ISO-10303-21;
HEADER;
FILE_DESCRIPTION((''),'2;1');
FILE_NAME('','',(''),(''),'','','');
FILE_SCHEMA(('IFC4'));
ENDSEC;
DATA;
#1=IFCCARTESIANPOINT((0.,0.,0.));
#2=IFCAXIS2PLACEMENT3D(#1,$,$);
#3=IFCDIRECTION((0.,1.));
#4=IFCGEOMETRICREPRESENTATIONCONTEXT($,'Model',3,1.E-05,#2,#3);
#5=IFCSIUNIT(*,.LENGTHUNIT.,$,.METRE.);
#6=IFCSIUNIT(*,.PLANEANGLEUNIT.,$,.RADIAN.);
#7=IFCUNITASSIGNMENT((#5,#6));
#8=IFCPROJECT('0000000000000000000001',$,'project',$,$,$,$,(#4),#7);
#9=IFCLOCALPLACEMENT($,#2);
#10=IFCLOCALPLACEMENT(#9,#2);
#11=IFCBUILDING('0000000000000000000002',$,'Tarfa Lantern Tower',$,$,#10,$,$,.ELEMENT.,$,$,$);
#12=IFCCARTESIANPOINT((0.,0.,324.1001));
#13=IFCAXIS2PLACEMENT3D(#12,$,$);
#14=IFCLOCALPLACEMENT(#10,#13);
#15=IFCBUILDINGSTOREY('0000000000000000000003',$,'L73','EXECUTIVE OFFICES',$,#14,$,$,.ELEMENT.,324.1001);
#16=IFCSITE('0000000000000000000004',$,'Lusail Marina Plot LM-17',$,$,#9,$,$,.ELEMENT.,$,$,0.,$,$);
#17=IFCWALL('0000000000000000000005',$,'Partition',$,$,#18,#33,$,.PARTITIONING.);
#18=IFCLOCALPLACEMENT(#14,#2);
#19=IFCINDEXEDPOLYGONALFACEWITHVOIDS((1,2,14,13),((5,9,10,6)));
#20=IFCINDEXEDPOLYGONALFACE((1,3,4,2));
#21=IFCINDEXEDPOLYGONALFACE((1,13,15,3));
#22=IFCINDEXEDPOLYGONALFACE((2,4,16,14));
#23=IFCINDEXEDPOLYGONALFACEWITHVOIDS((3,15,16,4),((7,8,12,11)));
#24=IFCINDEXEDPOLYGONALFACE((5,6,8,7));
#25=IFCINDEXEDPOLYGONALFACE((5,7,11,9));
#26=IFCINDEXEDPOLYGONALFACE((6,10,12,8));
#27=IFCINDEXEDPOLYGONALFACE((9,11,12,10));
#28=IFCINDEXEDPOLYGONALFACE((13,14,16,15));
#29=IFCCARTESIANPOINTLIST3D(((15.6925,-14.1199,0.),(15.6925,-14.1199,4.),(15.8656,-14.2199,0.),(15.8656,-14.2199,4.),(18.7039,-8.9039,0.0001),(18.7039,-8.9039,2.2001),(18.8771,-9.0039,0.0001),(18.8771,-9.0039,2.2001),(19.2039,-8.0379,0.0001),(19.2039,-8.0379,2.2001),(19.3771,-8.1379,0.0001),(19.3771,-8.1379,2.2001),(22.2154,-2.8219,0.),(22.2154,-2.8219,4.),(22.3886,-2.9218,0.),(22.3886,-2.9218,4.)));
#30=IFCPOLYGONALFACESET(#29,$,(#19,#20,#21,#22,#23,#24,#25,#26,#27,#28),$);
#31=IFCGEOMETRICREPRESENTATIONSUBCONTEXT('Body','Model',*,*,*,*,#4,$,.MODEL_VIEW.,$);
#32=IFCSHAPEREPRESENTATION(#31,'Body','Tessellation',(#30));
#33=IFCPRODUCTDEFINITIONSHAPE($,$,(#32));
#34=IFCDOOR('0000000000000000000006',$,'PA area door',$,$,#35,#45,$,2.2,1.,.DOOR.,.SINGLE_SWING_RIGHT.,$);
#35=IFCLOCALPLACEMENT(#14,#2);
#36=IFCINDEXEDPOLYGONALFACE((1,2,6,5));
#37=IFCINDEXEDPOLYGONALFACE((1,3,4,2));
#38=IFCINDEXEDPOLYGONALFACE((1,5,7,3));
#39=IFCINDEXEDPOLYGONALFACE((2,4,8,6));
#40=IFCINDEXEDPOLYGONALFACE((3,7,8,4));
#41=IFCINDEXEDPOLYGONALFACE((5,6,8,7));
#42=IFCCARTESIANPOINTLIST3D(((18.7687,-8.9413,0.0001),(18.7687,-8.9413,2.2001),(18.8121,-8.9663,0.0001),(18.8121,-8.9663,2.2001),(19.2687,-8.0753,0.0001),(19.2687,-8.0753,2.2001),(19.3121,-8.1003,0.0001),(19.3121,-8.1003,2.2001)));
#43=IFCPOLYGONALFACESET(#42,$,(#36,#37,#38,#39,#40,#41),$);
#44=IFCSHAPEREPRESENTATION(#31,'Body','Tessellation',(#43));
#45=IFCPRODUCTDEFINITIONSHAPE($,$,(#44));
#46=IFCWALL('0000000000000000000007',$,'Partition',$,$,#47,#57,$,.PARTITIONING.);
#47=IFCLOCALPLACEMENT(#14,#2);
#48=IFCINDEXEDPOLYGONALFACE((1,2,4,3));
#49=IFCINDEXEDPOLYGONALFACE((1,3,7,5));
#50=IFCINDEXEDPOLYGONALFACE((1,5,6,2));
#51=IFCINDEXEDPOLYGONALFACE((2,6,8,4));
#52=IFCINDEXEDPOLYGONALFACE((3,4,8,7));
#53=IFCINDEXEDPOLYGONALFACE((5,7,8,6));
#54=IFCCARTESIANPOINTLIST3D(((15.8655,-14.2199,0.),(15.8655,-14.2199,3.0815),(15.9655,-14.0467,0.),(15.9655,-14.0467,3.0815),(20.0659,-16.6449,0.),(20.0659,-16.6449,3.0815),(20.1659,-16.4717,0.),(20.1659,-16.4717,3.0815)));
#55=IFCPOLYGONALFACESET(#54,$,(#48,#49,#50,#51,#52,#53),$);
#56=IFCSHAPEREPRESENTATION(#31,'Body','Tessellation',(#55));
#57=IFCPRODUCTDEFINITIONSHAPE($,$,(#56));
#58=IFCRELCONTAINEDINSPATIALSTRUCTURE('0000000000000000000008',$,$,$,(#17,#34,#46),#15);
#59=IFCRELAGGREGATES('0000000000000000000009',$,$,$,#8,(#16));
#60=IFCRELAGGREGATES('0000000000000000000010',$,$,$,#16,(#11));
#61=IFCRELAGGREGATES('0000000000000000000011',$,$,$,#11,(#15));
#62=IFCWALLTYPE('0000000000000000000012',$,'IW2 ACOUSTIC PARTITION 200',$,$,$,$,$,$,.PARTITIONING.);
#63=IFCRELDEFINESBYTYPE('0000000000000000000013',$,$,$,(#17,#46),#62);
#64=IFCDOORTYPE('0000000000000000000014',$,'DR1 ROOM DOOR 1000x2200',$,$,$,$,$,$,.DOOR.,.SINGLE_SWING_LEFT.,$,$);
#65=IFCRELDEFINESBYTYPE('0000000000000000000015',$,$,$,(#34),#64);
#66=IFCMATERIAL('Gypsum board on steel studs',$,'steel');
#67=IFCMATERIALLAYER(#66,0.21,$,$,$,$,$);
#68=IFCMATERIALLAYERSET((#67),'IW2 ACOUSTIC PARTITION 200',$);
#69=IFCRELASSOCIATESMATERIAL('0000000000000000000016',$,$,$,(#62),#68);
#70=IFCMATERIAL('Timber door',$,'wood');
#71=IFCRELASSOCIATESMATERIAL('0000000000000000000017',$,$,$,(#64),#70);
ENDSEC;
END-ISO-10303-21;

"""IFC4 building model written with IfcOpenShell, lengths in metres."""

from ifc_helpers import new_model, si_unit, direction, frame, frame_2d, origin, place, context, subcontext, project, spatial, rectangle, extrude, material, layer, layer_set, type_object, element, fill, save


model = new_model("IFC4")

# Units and contexts
model_context = context("Model", 3, precision=1e-05, world=origin(), true_north=direction((0.0, 1.0)))
body_context = subcontext(model_context, "Body", "Model", "MODEL_VIEW")
ifc_project = project(units=[si_unit("LENGTHUNIT", "METRE"), si_unit("PLANEANGLEUNIT", "RADIAN")], contexts=[model_context])

# Site, building, storey
site_placement = place(None, origin())
site = spatial("IfcSite", under=ifc_project, at=site_placement, Name="Lusail Marina Plot LM-17", CompositionType="ELEMENT", RefElevation=0.0)
building_placement = place(site_placement, origin())
building = spatial("IfcBuilding", under=site, at=building_placement, Name="Tarfa Lantern Tower", CompositionType="ELEMENT")
storey_placement = place(building_placement, frame((0.0, 0.0, 324.1001)))
storey = spatial("IfcBuildingStorey", under=building, at=storey_placement, Name="L73", Description="EXECUTIVE OFFICES", CompositionType="ELEMENT", Elevation=324.1001)

# Wall, opening, door
ifc_material_1 = material(Name="Gypsum board on steel studs", Category="steel")
ifc_layer_1 = layer(ifc_material_1, 0.21)
ifc_layer_set_1 = layer_set([ifc_layer_1], Name="IW2 ACOUSTIC PARTITION 200")
wall_type_1 = type_object("IfcWallType", Name="IW2 ACOUSTIC PARTITION 200", PredefinedType="PARTITIONING", material=ifc_layer_set_1)
wall_1_placement = place(storey_placement, frame((15.7791, -14.1699, 0.0), z_axis=(0.0, 0.0, 1.0), x_axis=(0.499999, 0.866026, 0.0)))
wall_1 = element("IfcWall", 1, at=wall_1_placement, inside=storey, type_object=wall_type_1, Name="Partition", PredefinedType="PARTITIONING", context=body_context, shape_type="SweptSolid", body=[
    extrude(rectangle(XDim=13.0459, YDim=0.2, at=frame_2d((6.5229, 0.0))), origin(), (0.0, 0.0, 1.0), 4.0),
])
opening_1_placement = place(wall_1_placement, frame((6.0229, 0.0, 0.0)))
opening_1 = element("IfcOpeningElement", 2, at=opening_1_placement, cuts=wall_1, PredefinedType="OPENING", context=body_context, shape_type="SweptSolid", body=[
    extrude(rectangle(XDim=1.0, YDim=2.2, at=frame_2d((0.5, 1.1001))), frame((0.0, 0.1099, 0.0), z_axis=(0.0, -1.0, 0.0), x_axis=(1.0, 0.0, 0.0)), (0.0, 0.0, 1.0), 0.22),
])
ifc_material_2 = material(Name="Timber door", Category="wood")
door_type = type_object("IfcDoorType", Name="DR1 ROOM DOOR 1000x2200", OperationType="SINGLE_SWING_LEFT", PredefinedType="DOOR", material=ifc_material_2)
door_placement = place(opening_1_placement, frame((1.0, 0.0, 0.0), z_axis=(0.0, 0.0, 1.0), x_axis=(-1.0, 0.0, 0.0)))
door = element("IfcDoor", 3, at=door_placement, inside=storey, type_object=door_type, Name="PA area door", OperationType="SINGLE_SWING_RIGHT", OverallHeight=2.2, OverallWidth=1.0, PredefinedType="DOOR", context=body_context, shape_type="SweptSolid", body=[
    extrude(rectangle(XDim=1.0, YDim=2.2, at=frame_2d((0.5, 1.1001))), frame((0.0, 0.0249, 0.0), z_axis=(0.0, -1.0, 0.0), x_axis=(1.0, 0.0, 0.0)), (0.0, 0.0, 1.0), 0.05),
])
fill(opening_1, door)

# Wall
wall_2_placement = place(storey_placement, frame((15.9155, -14.1333, 0.0), z_axis=(0.0, 0.0, 1.0), x_axis=(0.866032, -0.499988, 0.0)))
element("IfcWall", 4, at=wall_2_placement, inside=storey, type_object=wall_type_1, Name="Partition", PredefinedType="PARTITIONING", context=body_context, shape_type="SweptSolid", body=[
    extrude(rectangle(XDim=4.8501, YDim=0.2, at=frame_2d((2.425, 0.0))), origin(), (0.0, 0.0, 1.0), 3.0815),
])

save(model, "model.ifc")
